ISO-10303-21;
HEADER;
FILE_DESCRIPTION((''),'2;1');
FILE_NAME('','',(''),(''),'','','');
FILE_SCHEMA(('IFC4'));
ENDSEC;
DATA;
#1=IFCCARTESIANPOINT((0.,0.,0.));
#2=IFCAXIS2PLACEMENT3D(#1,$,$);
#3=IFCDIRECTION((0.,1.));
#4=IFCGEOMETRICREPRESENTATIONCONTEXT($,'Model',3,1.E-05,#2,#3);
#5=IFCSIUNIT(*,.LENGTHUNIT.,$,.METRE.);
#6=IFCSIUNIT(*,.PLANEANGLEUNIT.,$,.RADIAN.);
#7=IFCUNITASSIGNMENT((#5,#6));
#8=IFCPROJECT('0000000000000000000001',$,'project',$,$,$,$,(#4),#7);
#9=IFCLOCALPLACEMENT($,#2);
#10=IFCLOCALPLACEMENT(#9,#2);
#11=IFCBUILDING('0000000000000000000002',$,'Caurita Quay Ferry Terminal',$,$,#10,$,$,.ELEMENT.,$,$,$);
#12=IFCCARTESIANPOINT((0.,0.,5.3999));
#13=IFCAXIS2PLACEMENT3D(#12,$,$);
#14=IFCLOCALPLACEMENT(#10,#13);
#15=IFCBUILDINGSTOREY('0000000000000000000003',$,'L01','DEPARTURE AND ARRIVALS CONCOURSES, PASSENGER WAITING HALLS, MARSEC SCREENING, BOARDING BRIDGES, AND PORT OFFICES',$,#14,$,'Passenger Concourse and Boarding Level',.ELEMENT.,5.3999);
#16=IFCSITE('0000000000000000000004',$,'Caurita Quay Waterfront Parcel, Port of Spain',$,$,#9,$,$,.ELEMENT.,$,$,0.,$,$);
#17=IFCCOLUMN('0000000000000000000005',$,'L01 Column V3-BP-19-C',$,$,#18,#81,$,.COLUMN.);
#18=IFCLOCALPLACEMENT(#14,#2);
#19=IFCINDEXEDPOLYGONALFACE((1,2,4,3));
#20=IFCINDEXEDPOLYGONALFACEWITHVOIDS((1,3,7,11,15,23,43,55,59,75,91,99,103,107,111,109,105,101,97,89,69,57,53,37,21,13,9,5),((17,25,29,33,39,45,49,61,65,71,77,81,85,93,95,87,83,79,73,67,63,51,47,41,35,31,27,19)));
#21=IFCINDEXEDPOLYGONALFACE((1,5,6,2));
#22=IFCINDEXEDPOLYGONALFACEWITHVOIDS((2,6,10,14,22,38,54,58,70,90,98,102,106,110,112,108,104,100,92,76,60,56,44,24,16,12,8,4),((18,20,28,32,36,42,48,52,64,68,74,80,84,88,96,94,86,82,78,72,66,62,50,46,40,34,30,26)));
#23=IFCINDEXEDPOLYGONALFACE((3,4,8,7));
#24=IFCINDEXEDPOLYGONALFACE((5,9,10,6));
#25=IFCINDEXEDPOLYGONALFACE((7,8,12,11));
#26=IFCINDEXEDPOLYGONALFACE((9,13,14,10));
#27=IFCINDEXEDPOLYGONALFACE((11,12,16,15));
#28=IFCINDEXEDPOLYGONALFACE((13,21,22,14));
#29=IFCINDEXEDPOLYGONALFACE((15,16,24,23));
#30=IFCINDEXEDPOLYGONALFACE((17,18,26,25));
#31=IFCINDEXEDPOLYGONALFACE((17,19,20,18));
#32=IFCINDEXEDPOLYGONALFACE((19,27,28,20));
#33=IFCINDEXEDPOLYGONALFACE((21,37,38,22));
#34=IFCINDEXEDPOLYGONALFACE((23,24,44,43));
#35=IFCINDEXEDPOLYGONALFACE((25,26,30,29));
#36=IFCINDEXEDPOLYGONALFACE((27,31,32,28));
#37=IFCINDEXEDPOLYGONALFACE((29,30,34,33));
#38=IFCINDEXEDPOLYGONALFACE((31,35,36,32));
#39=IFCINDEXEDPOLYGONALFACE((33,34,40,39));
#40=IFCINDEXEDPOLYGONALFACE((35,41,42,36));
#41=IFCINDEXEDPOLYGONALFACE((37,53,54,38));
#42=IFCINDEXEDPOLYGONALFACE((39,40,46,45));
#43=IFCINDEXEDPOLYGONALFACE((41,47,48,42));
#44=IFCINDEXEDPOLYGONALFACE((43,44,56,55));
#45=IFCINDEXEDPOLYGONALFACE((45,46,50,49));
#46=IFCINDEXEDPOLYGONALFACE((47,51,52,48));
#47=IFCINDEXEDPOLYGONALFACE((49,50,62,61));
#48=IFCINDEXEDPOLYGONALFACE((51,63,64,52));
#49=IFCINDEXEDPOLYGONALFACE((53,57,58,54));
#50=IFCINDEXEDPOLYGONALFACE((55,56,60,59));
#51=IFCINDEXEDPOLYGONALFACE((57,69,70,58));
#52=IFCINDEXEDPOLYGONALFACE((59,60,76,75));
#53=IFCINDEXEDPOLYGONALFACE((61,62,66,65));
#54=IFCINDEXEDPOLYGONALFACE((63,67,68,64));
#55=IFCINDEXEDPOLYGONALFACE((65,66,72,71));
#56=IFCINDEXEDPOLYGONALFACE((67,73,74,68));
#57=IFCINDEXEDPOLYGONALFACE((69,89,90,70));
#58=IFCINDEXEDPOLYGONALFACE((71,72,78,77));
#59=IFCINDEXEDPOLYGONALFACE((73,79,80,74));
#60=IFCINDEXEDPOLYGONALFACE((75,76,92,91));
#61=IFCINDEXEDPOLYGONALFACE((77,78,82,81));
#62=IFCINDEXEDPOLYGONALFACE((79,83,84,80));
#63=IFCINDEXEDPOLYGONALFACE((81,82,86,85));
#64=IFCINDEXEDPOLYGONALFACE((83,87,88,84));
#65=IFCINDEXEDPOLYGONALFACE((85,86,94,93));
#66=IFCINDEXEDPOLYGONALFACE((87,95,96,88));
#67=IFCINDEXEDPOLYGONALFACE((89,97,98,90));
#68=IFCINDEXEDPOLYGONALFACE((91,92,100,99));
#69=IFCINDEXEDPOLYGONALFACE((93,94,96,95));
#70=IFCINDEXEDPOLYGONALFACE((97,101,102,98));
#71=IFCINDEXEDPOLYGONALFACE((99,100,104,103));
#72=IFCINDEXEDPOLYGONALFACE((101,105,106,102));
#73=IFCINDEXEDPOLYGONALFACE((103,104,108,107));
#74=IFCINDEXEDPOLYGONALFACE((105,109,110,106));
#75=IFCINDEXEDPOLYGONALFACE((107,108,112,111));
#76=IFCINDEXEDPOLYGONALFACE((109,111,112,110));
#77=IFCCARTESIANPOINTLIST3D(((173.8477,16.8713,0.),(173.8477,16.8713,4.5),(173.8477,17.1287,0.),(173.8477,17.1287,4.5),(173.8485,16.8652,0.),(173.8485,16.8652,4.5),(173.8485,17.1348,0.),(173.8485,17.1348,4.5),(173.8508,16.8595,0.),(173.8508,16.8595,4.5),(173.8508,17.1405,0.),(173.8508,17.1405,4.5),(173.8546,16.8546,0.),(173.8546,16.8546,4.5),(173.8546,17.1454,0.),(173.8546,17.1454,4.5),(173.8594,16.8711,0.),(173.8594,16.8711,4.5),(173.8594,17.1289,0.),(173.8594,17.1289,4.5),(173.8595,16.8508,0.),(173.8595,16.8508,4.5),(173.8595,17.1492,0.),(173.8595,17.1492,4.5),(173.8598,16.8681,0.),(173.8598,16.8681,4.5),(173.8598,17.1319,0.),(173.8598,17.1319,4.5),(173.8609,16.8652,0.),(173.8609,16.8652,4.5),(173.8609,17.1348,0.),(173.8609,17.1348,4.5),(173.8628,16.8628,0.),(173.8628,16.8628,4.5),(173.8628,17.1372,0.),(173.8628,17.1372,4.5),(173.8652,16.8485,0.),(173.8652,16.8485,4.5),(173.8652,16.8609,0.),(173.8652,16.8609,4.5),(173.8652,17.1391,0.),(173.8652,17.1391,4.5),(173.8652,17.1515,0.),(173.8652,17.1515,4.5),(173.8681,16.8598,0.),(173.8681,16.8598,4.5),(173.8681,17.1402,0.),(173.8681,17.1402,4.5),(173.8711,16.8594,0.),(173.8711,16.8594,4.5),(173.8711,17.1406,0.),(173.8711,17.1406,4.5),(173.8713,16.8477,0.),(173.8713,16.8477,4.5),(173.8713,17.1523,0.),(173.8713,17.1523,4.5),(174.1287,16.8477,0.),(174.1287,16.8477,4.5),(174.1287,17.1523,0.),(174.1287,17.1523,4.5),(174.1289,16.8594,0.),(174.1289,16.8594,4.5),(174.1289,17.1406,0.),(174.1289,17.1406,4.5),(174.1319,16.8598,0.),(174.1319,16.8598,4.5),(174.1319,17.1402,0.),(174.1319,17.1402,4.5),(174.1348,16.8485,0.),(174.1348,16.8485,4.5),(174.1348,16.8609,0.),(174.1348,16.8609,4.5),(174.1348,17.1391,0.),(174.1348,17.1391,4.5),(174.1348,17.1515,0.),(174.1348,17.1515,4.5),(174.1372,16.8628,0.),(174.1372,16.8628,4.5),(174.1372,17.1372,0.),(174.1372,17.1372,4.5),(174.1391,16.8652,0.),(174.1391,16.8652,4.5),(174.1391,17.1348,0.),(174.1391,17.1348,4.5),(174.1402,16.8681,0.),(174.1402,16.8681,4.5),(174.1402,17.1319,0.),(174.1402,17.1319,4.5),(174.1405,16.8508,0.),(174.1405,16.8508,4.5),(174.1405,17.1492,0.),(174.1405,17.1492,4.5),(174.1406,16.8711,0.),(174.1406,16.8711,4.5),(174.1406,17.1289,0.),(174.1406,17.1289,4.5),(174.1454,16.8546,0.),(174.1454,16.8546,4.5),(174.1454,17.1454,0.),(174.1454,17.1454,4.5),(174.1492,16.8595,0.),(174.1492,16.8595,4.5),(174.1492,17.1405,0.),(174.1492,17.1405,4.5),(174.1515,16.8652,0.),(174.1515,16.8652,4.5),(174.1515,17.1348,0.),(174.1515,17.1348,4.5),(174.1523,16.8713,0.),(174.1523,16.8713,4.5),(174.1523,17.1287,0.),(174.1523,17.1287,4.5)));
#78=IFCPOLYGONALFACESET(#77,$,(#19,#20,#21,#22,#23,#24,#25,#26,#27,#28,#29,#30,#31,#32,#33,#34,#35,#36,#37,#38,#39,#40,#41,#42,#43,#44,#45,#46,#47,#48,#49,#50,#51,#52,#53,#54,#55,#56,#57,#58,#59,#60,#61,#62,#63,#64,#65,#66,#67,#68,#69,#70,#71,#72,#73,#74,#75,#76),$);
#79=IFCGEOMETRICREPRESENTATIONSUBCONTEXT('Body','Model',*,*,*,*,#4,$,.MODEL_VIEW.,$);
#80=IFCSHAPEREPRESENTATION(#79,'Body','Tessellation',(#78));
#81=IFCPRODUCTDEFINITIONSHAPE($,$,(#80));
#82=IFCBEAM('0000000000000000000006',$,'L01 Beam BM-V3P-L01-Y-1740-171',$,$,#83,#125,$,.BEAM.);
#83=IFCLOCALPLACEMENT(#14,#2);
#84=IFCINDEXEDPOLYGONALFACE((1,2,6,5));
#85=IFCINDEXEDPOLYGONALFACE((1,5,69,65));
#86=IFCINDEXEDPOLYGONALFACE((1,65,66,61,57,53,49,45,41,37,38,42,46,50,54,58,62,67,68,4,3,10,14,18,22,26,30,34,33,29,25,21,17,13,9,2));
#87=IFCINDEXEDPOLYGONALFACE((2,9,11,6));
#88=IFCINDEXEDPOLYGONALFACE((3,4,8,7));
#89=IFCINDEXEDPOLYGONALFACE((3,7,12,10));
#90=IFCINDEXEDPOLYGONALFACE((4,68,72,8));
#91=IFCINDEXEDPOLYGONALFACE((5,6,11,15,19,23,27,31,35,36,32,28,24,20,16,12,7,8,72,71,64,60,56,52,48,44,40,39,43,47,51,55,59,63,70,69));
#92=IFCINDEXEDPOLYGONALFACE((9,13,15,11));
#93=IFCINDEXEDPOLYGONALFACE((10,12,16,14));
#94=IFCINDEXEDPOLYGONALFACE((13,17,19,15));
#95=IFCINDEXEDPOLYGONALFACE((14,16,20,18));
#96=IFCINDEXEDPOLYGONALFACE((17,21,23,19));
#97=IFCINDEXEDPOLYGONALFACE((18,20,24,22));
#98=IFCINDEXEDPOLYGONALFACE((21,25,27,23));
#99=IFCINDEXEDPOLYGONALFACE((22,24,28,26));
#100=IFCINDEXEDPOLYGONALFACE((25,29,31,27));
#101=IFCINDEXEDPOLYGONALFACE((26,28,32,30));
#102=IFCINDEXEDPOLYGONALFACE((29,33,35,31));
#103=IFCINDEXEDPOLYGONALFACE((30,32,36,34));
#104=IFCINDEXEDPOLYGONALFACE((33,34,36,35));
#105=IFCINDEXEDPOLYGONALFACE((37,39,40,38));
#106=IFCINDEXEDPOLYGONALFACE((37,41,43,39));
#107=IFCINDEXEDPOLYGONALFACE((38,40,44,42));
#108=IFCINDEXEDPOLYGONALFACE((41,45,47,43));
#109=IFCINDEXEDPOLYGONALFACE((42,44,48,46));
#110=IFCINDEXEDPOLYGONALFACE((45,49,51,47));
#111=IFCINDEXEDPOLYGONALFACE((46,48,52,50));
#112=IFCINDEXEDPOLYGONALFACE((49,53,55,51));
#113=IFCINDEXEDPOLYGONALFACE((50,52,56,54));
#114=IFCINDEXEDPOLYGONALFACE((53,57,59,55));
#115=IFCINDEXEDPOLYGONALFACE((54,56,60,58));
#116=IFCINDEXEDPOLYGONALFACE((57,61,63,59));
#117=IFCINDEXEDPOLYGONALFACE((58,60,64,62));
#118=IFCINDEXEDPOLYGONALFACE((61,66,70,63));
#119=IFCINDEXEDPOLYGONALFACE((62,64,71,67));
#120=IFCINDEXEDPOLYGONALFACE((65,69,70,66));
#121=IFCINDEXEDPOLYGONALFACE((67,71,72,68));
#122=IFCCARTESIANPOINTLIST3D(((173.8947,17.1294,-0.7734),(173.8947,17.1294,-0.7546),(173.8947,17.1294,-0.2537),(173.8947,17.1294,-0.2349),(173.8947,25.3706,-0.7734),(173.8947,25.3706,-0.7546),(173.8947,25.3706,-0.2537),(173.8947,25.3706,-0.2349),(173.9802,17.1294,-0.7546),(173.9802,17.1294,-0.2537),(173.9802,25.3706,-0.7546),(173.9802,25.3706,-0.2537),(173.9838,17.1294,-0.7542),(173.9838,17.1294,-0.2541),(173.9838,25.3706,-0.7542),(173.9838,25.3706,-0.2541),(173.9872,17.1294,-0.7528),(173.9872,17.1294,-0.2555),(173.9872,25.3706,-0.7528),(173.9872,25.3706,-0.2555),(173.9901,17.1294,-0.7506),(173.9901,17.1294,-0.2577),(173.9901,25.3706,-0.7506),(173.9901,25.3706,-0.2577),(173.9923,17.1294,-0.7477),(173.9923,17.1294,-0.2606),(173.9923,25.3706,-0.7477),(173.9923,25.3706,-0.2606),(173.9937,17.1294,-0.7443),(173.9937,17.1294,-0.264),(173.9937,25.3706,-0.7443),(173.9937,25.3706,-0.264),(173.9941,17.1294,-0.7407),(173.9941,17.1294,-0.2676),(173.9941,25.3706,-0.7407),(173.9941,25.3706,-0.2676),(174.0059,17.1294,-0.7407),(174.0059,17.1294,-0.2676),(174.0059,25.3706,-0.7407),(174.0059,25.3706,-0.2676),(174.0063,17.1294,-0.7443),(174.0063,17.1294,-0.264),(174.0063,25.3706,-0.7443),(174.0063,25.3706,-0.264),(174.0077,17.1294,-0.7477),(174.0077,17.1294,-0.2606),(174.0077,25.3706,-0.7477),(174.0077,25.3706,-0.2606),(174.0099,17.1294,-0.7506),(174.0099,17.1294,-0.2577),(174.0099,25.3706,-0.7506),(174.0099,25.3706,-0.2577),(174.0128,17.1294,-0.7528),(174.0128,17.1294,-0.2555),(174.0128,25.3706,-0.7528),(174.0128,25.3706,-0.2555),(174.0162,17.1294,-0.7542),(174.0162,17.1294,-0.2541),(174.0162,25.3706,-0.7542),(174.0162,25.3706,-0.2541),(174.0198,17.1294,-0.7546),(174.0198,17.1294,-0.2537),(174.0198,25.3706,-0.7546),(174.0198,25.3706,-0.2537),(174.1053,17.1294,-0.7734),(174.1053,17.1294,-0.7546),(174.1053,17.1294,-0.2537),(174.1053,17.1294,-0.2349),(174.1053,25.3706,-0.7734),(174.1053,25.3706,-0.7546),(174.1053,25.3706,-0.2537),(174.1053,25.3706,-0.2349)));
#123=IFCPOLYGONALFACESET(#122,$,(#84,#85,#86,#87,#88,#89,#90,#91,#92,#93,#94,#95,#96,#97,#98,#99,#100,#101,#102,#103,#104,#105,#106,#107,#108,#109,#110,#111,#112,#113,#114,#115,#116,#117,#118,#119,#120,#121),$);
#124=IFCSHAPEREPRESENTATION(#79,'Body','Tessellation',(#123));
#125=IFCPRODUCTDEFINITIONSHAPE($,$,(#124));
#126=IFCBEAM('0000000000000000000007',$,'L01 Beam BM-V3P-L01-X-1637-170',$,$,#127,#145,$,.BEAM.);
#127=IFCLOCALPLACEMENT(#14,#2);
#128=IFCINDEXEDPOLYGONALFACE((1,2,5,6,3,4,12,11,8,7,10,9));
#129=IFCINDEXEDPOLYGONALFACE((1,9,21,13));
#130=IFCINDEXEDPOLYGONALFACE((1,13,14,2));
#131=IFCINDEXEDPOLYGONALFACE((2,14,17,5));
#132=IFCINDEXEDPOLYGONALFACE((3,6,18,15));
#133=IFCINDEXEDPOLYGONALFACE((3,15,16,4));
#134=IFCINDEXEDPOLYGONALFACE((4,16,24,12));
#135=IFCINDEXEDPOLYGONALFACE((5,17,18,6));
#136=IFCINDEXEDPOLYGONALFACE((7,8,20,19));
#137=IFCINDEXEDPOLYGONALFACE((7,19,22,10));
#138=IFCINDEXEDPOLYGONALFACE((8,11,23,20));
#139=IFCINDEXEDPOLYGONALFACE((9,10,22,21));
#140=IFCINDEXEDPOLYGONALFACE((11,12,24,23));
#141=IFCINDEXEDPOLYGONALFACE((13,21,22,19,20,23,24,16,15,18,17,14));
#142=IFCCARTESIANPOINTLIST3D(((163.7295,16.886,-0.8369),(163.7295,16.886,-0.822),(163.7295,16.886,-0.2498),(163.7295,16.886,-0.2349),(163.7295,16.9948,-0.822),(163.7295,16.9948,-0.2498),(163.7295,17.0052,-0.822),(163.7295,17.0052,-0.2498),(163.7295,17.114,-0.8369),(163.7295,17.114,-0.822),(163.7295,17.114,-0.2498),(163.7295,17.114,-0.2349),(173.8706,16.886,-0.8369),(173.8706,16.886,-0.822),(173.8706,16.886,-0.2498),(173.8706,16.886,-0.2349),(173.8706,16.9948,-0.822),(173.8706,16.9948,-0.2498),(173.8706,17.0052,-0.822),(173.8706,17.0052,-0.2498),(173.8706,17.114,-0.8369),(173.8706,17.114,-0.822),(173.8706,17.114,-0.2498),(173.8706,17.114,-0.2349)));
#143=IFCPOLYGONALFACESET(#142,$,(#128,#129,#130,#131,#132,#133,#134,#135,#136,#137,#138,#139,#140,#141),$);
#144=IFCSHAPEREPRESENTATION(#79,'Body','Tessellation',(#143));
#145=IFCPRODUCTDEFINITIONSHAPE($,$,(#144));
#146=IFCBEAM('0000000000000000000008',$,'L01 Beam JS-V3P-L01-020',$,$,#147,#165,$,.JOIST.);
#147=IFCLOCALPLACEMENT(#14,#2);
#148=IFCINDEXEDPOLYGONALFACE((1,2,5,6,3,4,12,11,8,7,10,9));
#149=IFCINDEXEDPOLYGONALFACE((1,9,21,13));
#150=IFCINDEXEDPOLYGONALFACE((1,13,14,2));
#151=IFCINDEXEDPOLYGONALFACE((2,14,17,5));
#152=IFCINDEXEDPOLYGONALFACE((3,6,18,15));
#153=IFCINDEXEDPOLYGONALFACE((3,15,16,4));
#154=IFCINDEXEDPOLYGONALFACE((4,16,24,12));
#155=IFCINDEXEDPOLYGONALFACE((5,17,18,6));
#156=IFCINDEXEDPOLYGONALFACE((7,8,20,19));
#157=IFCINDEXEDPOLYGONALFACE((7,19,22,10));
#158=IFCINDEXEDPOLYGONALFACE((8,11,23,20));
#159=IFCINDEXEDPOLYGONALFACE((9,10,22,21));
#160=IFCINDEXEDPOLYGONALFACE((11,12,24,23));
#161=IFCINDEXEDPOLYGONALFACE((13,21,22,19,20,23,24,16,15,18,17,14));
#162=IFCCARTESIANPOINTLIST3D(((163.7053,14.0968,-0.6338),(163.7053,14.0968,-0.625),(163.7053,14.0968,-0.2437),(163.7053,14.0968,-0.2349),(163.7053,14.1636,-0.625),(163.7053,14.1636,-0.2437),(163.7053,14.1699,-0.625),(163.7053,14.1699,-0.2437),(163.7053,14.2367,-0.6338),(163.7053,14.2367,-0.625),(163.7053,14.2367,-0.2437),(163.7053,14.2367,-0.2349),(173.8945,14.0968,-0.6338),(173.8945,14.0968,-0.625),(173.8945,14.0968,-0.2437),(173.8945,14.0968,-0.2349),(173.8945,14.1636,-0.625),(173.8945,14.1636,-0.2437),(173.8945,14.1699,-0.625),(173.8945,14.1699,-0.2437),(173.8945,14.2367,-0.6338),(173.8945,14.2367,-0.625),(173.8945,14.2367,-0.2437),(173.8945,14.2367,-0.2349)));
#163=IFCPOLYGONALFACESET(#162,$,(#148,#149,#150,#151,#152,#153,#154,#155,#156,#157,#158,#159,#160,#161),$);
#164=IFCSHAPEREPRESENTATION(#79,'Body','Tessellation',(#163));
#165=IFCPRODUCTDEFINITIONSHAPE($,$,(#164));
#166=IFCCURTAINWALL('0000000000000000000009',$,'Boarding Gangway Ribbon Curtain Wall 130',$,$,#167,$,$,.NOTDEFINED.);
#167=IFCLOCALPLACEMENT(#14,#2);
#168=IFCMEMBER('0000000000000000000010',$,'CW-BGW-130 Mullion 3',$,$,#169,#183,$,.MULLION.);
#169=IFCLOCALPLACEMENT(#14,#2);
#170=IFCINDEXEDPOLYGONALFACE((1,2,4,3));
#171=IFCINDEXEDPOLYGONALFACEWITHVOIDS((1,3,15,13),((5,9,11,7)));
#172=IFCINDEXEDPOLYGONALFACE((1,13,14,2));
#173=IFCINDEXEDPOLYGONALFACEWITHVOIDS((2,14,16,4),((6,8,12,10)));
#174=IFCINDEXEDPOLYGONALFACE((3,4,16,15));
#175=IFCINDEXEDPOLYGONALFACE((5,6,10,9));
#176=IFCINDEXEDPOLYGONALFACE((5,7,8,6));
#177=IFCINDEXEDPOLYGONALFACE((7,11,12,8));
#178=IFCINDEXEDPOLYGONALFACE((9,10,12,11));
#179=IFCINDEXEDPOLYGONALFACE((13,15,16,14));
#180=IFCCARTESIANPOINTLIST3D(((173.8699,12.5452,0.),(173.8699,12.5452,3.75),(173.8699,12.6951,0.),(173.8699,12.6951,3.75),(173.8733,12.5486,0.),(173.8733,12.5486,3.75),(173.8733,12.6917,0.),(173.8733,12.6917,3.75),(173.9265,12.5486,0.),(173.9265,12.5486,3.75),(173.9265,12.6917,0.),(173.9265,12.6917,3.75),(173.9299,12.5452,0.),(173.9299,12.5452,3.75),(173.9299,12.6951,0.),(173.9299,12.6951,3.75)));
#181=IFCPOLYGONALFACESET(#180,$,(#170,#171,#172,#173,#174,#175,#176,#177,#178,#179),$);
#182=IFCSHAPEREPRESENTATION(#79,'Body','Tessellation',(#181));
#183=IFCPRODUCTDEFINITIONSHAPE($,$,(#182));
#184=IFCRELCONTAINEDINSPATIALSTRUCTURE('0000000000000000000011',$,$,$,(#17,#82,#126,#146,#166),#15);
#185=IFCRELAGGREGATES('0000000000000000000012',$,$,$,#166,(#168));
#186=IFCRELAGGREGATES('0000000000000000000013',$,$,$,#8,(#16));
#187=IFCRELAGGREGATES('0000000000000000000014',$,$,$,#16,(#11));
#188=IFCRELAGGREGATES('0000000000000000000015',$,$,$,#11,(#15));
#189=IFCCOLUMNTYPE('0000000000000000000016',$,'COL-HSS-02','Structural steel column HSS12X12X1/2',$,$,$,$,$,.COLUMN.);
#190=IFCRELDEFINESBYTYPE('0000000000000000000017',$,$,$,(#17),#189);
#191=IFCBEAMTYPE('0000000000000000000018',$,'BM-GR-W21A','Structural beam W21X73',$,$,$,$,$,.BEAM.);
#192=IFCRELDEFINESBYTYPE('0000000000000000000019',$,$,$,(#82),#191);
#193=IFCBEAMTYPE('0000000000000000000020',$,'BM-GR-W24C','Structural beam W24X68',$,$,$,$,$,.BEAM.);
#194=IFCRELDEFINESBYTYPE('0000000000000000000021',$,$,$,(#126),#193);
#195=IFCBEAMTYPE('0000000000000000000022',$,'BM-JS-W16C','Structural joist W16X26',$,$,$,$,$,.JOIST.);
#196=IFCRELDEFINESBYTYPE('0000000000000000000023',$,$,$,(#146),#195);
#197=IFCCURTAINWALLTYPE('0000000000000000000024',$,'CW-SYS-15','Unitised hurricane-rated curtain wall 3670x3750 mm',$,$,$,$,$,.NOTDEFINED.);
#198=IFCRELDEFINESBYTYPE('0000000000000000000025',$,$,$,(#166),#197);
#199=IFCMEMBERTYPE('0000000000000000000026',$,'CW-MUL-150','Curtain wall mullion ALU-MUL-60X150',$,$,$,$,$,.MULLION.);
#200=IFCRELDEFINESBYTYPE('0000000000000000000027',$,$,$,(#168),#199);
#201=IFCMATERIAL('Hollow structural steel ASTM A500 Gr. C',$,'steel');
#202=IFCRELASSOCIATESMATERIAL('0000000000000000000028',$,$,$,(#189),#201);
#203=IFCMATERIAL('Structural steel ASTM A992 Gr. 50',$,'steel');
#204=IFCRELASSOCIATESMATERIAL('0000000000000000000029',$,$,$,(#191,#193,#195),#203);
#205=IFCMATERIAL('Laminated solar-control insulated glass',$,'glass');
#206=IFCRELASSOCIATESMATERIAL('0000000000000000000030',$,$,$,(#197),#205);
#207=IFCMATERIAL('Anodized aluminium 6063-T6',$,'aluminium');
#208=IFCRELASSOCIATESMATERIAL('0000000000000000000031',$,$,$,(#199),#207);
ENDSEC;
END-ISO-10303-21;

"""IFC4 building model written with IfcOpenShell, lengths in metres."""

from ifc_helpers import new_model, si_unit, direction, frame, origin, origin_2d, place, context, subcontext, project, spatial, hollow_rectangle, i_section, extrude, material, material_profile, profile_set, type_object, element, aggregate, save


model = new_model("IFC4")

# Units and contexts
model_context = context("Model", 3, precision=1e-05, world=origin(), true_north=direction((0.0, 1.0)))
body_context = subcontext(model_context, "Body", "Model", "MODEL_VIEW")
ifc_project = project(units=[si_unit("LENGTHUNIT", "METRE"), si_unit("PLANEANGLEUNIT", "RADIAN")], contexts=[model_context])

# Site, building, storey
site_placement = place(None, origin())
site = spatial("IfcSite", under=ifc_project, at=site_placement, Name="Caurita Quay Waterfront Parcel, Port of Spain", CompositionType="ELEMENT", RefElevation=0.0)
building_placement = place(site_placement, origin())
building = spatial("IfcBuilding", under=site, at=building_placement, Name="Caurita Quay Ferry Terminal", CompositionType="ELEMENT")
storey_placement = place(building_placement, frame((0.0, 0.0, 5.3999)))
storey = spatial("IfcBuildingStorey", under=building, at=storey_placement, Name="L01", Description="DEPARTURE AND ARRIVALS CONCOURSES, PASSENGER WAITING HALLS, MARSEC SCREENING, BOARDING BRIDGES, AND PORT OFFICES", LongName="Passenger Concourse and Boarding Level", CompositionType="ELEMENT", Elevation=5.3999)

# Column
ifc_material_1 = material(Name="Hollow structural steel ASTM A500 Gr. C", Category="steel")
ifc_material_profile_1 = material_profile(ifc_material_1, hollow_rectangle(XDim=0.3047, YDim=0.3047, WallThickness=0.0117, InnerFilletRadius=0.0117, OuterFilletRadius=0.0237, at=origin_2d()), Name="HSS12X12X1/2")
ifc_profile_set_1 = profile_set([ifc_material_profile_1], Name="Hollow structural steel ASTM A500 Gr. C")
column_type = type_object("IfcColumnType", Name="COL-HSS-02", Description="Structural steel column HSS12X12X1/2", PredefinedType="COLUMN", material=ifc_profile_set_1)
column_placement = place(storey_placement, frame((174.0, 17.0, 0.0), z_axis=(0.0, 0.0, 1.0), x_axis=(1.0, 0.0, 0.0)))
element("IfcColumn", 1, at=column_placement, inside=storey, type_object=column_type, Name="L01 Column V3-BP-19-C", PredefinedType="COLUMN", context=body_context, shape_type="SweptSolid", body=[
    extrude(hollow_rectangle(XDim=0.3047, YDim=0.3047, WallThickness=0.0117, InnerFilletRadius=0.0117, OuterFilletRadius=0.0237, at=origin_2d()), origin(), (0.0, 0.0, 1.0), 4.5),
])

# Beams
ifc_material_2 = material(Name="Structural steel ASTM A992 Gr. 50", Category="steel")
ifc_material_profile_2 = material_profile(ifc_material_2, i_section(OverallWidth=0.2107, OverallDepth=0.5386, WebThickness=0.0117, FlangeThickness=0.0188, FilletRadius=0.0139, at=origin_2d()), Name="W21X73")
ifc_profile_set_2 = profile_set([ifc_material_profile_2], Name="Structural steel ASTM A992 Gr. 50")
beam_type_1 = type_object("IfcBeamType", Name="BM-GR-W21A", Description="Structural beam W21X73", PredefinedType="BEAM", material=ifc_profile_set_2)
beam_1_placement = place(storey_placement, frame((174.0, 17.1294, -0.5042), z_axis=(0.0, 1.0, 0.0), x_axis=(-1.0, 0.0, 0.0)))
element("IfcBeam", 2, at=beam_1_placement, inside=storey, type_object=beam_type_1, Name="L01 Beam BM-V3P-L01-Y-1740-171", PredefinedType="BEAM", context=body_context, shape_type="SweptSolid", body=[
    extrude(i_section(OverallWidth=0.2107, OverallDepth=0.5386, WebThickness=0.0117, FlangeThickness=0.0188, FilletRadius=0.0139, at=origin_2d()), origin(), (0.0, 0.0, 1.0), 8.2412),
])
ifc_material_profile_3 = material_profile(ifc_material_2, i_section(OverallWidth=0.228, OverallDepth=0.6021, WebThickness=0.0105, FlangeThickness=0.0149, at=origin_2d()), Name="W24X68")
ifc_profile_set_3 = profile_set([ifc_material_profile_3], Name="Structural steel ASTM A992 Gr. 50")
beam_type_2 = type_object("IfcBeamType", Name="BM-GR-W24C", Description="Structural beam W24X68", PredefinedType="BEAM", material=ifc_profile_set_3)
beam_2_placement = place(storey_placement, frame((163.7295, 17.0, -0.5359), z_axis=(1.0, 0.0, 0.0), x_axis=(0.0, 1.0, 0.0)))
element("IfcBeam", 3, at=beam_2_placement, inside=storey, type_object=beam_type_2, Name="L01 Beam BM-V3P-L01-X-1637-170", PredefinedType="BEAM", context=body_context, shape_type="SweptSolid", body=[
    extrude(i_section(OverallWidth=0.228, OverallDepth=0.6021, WebThickness=0.0105, FlangeThickness=0.0149, at=origin_2d()), origin(), (0.0, 0.0, 1.0), 10.1411),
])
ifc_material_profile_4 = material_profile(ifc_material_2, i_section(OverallWidth=0.1399, OverallDepth=0.3989, WebThickness=0.0063, FlangeThickness=0.0088, at=origin_2d()), Name="W16X26")
ifc_profile_set_4 = profile_set([ifc_material_profile_4], Name="Structural steel ASTM A992 Gr. 50")
beam_type_3 = type_object("IfcBeamType", Name="BM-JS-W16C", Description="Structural joist W16X26", PredefinedType="JOIST", material=ifc_profile_set_4)
beam_3_placement = place(storey_placement, frame((163.7053, 14.1667, -0.4343), z_axis=(1.0, 0.0, 0.0), x_axis=(0.0, 1.0, 0.0)))
element("IfcBeam", 4, at=beam_3_placement, inside=storey, type_object=beam_type_3, Name="L01 Beam JS-V3P-L01-020", PredefinedType="JOIST", context=body_context, shape_type="SweptSolid", body=[
    extrude(i_section(OverallWidth=0.1399, OverallDepth=0.3989, WebThickness=0.0063, FlangeThickness=0.0088, at=origin_2d()), origin(), (0.0, 0.0, 1.0), 10.1892),
])

# Curtain wall, member
ifc_material_3 = material(Name="Laminated solar-control insulated glass", Category="glass")
curtain_wall_type = type_object("IfcCurtainWallType", Name="CW-SYS-15", Description="Unitised hurricane-rated curtain wall 3670x3750 mm", PredefinedType="NOTDEFINED", material=ifc_material_3)
curtain_wall_1_placement = place(storey_placement, origin())
curtain_wall_1 = element("IfcCurtainWall", 5, at=curtain_wall_1_placement, inside=storey, type_object=curtain_wall_type, Name="Boarding Gangway Ribbon Curtain Wall 130", PredefinedType="NOTDEFINED")
ifc_material_4 = material(Name="Anodized aluminium 6063-T6", Category="aluminium")
ifc_material_profile_5 = material_profile(ifc_material_4, hollow_rectangle(XDim=0.0601, YDim=0.1499, WallThickness=0.0034, at=origin_2d()), Name="ALU-MUL-60X150")
ifc_profile_set_5 = profile_set([ifc_material_profile_5], Name="Anodized aluminium 6063-T6")
member_type_1 = type_object("IfcMemberType", Name="CW-MUL-150", Description="Curtain wall mullion ALU-MUL-60X150", PredefinedType="MULLION", material=ifc_profile_set_5)
member_1_placement = place(storey_placement, frame((173.8999, 12.6201, 0.0), z_axis=(0.0, 0.0, 1.0), x_axis=(-1.0, 0.0, 0.0)))
member_1 = element("IfcMember", 6, at=member_1_placement, type_object=member_type_1, Name="CW-BGW-130 Mullion 3", PredefinedType="MULLION", context=body_context, shape_type="SweptSolid", body=[
    extrude(hollow_rectangle(XDim=0.0601, YDim=0.1499, WallThickness=0.0034, at=origin_2d()), origin(), (0.0, 0.0, 1.0), 3.75),
])

aggregate(curtain_wall_1, [member_1])

save(model, "model.ifc")
